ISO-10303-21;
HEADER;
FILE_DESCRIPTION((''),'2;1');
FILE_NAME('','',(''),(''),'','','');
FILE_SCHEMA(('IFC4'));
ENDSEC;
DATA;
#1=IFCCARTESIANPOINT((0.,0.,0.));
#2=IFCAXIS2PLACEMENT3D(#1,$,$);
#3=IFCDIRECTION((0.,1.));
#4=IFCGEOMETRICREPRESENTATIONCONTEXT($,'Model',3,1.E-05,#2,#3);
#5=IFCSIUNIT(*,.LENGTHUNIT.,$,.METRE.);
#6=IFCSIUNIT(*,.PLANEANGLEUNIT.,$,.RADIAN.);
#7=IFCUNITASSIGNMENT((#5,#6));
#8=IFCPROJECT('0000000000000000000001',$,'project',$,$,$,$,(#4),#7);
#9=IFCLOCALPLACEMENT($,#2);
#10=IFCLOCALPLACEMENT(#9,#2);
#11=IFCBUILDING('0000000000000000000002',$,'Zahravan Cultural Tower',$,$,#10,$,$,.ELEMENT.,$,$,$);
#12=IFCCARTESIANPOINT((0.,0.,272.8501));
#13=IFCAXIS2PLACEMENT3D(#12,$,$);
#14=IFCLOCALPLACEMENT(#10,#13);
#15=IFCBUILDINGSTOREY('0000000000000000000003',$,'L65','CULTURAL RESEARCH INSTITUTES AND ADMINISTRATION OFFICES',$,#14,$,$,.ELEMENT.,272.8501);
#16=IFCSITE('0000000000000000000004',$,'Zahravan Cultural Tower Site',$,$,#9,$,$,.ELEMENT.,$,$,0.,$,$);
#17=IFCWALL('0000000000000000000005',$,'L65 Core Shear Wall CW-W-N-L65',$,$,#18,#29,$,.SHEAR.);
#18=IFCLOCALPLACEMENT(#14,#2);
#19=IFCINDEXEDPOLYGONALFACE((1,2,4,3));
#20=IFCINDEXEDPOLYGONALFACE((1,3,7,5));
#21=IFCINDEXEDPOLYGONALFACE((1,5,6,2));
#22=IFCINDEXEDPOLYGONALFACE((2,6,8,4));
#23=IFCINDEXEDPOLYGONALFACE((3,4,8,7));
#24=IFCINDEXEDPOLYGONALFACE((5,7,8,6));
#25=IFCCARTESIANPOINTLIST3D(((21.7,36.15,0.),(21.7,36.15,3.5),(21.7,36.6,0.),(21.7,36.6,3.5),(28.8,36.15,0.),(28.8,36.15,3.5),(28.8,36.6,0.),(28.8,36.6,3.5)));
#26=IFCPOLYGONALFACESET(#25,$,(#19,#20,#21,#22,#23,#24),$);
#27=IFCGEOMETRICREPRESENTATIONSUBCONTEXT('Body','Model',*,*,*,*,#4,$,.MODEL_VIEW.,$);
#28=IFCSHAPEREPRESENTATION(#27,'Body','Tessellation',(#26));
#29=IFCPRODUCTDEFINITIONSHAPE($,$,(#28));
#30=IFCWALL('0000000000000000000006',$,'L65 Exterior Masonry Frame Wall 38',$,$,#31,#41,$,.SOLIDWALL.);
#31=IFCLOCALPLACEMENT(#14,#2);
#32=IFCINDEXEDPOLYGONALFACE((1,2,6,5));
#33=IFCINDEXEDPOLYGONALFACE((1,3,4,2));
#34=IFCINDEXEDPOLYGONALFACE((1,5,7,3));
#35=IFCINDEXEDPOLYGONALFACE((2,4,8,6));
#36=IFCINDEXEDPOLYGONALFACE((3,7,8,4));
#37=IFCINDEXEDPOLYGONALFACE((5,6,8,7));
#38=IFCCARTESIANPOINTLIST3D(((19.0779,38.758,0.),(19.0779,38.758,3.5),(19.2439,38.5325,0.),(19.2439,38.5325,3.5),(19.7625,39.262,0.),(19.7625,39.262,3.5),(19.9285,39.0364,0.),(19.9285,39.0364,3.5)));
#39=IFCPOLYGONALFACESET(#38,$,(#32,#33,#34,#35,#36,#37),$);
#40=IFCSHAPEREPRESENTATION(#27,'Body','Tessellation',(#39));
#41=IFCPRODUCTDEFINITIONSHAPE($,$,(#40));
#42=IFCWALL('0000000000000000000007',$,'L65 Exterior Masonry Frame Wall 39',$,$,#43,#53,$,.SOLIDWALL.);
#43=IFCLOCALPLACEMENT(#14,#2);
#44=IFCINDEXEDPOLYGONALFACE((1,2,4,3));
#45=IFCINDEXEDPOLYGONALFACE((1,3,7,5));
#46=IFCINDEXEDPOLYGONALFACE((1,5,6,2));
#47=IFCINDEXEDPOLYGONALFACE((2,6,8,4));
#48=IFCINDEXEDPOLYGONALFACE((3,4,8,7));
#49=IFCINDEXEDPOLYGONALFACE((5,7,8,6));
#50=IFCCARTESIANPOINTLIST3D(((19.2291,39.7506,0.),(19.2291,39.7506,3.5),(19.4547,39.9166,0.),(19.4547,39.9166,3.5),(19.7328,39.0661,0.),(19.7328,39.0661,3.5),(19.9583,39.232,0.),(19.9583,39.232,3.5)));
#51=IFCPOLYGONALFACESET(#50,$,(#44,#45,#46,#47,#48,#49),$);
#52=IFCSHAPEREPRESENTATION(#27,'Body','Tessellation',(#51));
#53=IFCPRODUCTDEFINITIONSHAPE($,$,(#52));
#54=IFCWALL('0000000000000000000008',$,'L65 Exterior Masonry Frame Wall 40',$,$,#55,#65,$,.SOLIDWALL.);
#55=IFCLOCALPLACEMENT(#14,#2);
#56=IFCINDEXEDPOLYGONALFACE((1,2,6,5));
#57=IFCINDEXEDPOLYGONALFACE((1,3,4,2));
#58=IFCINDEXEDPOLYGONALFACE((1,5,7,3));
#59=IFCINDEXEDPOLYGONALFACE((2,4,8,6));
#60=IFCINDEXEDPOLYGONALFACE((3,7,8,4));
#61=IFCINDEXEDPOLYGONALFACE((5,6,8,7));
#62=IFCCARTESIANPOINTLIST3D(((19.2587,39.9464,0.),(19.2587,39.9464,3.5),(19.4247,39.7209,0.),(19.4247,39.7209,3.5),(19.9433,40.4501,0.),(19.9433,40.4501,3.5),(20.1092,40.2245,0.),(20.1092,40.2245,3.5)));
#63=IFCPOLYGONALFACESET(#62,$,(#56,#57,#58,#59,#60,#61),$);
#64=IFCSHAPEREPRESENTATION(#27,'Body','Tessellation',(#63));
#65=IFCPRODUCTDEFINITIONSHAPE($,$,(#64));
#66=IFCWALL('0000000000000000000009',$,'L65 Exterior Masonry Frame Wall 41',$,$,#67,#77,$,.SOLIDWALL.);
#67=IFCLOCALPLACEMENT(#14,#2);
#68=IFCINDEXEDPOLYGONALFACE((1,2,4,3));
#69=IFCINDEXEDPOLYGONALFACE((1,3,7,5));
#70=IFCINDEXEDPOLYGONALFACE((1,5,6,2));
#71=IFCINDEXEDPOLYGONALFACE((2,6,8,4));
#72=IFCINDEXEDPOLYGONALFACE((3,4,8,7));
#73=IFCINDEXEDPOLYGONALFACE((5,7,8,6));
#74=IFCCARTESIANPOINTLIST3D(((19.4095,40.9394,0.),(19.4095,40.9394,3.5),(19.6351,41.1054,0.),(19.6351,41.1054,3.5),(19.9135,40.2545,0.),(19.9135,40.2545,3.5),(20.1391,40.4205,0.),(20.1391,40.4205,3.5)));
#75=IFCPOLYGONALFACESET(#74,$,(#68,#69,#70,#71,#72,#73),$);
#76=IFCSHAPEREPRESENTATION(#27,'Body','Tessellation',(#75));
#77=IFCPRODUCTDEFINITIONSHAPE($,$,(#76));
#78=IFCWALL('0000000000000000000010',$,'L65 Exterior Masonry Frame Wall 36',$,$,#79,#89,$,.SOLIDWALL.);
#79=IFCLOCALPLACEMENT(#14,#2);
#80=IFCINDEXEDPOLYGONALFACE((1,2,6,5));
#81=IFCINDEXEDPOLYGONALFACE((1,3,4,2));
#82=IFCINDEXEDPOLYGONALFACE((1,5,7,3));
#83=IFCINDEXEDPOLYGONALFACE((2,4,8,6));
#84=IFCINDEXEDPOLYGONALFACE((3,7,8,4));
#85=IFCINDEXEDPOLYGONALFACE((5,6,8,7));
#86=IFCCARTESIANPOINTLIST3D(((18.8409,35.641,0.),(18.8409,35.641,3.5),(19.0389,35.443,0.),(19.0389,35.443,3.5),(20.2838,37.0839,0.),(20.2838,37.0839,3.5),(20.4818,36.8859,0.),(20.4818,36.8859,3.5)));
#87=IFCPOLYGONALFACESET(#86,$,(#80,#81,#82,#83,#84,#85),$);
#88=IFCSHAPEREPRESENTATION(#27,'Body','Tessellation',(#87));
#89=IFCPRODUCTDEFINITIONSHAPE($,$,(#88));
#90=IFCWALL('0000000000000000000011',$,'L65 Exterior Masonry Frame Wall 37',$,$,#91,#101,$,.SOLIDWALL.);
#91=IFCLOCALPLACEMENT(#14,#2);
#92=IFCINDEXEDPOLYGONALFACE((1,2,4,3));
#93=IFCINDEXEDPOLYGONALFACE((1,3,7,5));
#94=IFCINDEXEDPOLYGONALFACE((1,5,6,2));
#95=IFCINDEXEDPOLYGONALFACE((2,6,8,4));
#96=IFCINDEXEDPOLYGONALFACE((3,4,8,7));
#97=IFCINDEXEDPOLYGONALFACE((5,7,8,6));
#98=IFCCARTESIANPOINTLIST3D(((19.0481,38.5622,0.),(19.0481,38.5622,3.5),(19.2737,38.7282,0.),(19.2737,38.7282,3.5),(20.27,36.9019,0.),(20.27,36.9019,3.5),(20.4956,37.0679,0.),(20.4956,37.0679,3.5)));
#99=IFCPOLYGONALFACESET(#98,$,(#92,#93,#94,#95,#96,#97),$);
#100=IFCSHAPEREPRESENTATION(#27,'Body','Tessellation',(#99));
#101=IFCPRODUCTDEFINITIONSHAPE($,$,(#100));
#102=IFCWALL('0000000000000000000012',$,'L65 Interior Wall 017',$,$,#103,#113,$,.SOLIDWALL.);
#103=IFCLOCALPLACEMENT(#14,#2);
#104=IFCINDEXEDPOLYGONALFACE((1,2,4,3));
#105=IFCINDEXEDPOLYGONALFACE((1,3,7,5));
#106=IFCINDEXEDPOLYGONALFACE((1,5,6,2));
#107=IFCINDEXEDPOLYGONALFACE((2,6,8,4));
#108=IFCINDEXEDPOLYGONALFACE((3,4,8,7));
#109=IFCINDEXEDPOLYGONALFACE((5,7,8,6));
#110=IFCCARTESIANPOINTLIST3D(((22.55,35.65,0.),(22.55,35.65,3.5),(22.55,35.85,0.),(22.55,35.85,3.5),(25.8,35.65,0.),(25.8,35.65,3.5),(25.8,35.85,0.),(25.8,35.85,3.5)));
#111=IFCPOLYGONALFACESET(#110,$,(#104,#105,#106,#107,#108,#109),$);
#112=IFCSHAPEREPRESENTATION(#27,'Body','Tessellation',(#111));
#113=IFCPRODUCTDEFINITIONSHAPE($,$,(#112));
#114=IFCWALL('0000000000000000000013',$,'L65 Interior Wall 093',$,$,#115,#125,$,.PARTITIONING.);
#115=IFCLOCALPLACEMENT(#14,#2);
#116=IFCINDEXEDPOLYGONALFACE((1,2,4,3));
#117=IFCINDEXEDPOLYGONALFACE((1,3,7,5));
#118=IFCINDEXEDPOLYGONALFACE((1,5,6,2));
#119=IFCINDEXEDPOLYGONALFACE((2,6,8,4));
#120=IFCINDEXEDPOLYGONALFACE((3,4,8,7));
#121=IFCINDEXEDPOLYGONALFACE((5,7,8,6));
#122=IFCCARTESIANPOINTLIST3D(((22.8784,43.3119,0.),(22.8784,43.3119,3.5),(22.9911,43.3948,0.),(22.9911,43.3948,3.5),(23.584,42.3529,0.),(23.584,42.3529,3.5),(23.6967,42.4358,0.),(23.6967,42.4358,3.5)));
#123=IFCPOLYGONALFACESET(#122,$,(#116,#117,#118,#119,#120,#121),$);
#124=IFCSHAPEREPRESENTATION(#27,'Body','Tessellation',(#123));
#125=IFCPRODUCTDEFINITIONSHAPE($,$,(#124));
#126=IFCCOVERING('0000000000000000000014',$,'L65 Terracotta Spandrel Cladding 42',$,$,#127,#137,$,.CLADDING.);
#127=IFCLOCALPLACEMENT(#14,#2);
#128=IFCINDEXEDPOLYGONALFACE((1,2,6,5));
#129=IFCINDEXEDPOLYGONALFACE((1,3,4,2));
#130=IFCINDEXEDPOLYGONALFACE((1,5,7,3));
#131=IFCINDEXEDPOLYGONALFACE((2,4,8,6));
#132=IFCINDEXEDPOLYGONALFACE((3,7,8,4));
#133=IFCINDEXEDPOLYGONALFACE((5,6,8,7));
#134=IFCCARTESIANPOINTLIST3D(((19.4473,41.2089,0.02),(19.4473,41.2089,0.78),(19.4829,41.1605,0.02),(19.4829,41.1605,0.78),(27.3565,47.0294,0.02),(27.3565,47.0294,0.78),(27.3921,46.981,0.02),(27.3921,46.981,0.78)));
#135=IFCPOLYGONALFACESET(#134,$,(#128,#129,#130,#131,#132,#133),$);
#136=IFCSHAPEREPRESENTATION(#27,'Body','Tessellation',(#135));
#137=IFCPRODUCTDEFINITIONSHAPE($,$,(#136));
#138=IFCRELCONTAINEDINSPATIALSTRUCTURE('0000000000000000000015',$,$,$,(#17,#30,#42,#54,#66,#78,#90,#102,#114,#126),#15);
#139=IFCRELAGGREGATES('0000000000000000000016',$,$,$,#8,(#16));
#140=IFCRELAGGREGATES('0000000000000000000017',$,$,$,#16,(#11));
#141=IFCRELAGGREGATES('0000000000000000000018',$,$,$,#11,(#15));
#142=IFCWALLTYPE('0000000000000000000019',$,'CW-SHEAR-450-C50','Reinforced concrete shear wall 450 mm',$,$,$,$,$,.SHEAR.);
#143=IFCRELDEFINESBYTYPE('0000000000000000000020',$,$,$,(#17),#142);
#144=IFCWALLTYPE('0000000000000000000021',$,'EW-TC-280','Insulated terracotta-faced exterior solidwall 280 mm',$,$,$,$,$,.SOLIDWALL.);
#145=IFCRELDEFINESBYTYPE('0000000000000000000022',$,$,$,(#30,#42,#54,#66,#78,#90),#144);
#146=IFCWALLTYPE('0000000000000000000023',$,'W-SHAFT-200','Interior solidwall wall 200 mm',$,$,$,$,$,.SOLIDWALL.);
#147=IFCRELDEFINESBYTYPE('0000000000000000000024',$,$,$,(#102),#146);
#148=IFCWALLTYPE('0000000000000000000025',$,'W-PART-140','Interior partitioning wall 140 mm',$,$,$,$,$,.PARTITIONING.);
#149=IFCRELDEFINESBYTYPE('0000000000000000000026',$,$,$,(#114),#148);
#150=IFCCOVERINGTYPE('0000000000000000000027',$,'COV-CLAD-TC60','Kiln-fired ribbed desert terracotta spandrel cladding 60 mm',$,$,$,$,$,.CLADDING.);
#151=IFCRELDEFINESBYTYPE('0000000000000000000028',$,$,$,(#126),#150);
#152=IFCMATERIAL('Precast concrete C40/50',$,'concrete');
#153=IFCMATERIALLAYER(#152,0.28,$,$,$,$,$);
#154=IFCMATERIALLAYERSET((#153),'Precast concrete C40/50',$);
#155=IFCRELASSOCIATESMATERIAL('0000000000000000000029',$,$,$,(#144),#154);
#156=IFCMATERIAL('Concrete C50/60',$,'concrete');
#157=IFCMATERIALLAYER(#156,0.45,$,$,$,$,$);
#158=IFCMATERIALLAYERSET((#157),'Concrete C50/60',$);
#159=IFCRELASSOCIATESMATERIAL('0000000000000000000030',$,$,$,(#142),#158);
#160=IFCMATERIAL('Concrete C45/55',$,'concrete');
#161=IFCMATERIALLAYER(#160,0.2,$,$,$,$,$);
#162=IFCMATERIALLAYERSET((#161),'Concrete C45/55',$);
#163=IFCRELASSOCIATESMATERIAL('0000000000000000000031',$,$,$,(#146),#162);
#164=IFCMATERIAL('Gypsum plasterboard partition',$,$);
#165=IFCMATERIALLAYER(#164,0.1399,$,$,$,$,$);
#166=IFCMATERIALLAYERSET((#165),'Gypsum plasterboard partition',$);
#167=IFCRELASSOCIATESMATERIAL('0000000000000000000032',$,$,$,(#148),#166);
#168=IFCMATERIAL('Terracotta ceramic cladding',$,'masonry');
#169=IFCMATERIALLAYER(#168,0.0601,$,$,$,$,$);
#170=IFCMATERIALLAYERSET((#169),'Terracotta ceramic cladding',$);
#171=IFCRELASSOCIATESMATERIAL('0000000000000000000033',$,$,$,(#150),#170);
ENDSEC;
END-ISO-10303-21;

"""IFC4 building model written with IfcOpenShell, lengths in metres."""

from ifc_helpers import new_model, si_unit, direction, frame, frame_2d, origin, origin_2d, place, context, subcontext, project, spatial, rectangle, extrude, source, transform, mapped, material, layer, layer_set, type_object, element, save


model = new_model("IFC4")

# Units and contexts
model_context = context("Model", 3, precision=1e-05, world=origin(), true_north=direction((0.0, 1.0)))
body_context = subcontext(model_context, "Body", "Model", "MODEL_VIEW")
ifc_project = project(units=[si_unit("LENGTHUNIT", "METRE"), si_unit("PLANEANGLEUNIT", "RADIAN")], contexts=[model_context])

# Site, building, storey
site_placement = place(None, origin())
site = spatial("IfcSite", under=ifc_project, at=site_placement, Name="Zahravan Cultural Tower Site", CompositionType="ELEMENT", RefElevation=0.0)
building_placement = place(site_placement, origin())
building = spatial("IfcBuilding", under=site, at=building_placement, Name="Zahravan Cultural Tower", CompositionType="ELEMENT")
storey_placement = place(building_placement, frame((0.0, 0.0, 272.8501)))
storey = spatial("IfcBuildingStorey", under=building, at=storey_placement, Name="L65", Description="CULTURAL RESEARCH INSTITUTES AND ADMINISTRATION OFFICES", CompositionType="ELEMENT", Elevation=272.8501)

# Shared definitions
ifc_material_1 = material(Name="Concrete C50/60", Category="concrete")

# Shared definitions
ifc_material_2 = material(Name="Precast concrete C40/50", Category="concrete")
ifc_layer_1 = layer(ifc_material_2, 0.28)
ifc_layer_set_1 = layer_set([ifc_layer_1], Name="Precast concrete C40/50")
wall_type_1 = type_object("IfcWallType", Name="EW-TC-280", Description="Insulated terracotta-faced exterior solidwall 280 mm", PredefinedType="SOLIDWALL", material=ifc_layer_set_1)

# Walls
ifc_layer_2 = layer(ifc_material_1, 0.45)
ifc_layer_set_2 = layer_set([ifc_layer_2], Name="Concrete C50/60")
wall_type_2 = type_object("IfcWallType", Name="CW-SHEAR-450-C50", Description="Reinforced concrete shear wall 450 mm", PredefinedType="SHEAR", material=ifc_layer_set_2)
shared_shape_1 = source(origin(), body_context, "Body", "SweptSolid", [
    extrude(rectangle(XDim=7.1001, YDim=0.45, at=frame_2d((3.55, 0.0))), origin(), (0.0, 0.0, 1.0), 3.5),
])
wall_1_placement = place(storey_placement, frame((21.7, 36.375, 0.0), z_axis=(0.0, 0.0, 1.0), x_axis=(1.0, 0.0, 0.0)))
element("IfcWall", 1, at=wall_1_placement, inside=storey, type_object=wall_type_2, Name="L65 Core Shear Wall CW-W-N-L65", PredefinedType="SHEAR", context=body_context, shape_type="MappedRepresentation", body=[
    mapped(shared_shape_1, transform((0.0, 0.0, 0.0), x_axis=(1.0, 0.0, 0.0), y_axis=(0.0, 1.0, 0.0), z_axis=(0.0, 0.0, 1.0), scale=1.0)),
])
shared_shape_2 = source(origin(), body_context, "Body", "SweptSolid", [
    extrude(rectangle(XDim=0.8501, YDim=0.28, at=frame_2d((0.425, 0.0))), origin(), (0.0, 0.0, 1.0), 3.5),
])
wall_2_placement = place(storey_placement, frame((19.1609, 38.6453, 0.0), z_axis=(0.0, 0.0, 1.0), x_axis=(0.805345, 0.592807, 0.0)))
element("IfcWall", 2, at=wall_2_placement, inside=storey, type_object=wall_type_1, Name="L65 Exterior Masonry Frame Wall 38", PredefinedType="SOLIDWALL", context=body_context, shape_type="MappedRepresentation", body=[
    mapped(shared_shape_2, transform((0.0, 0.0, 0.0), x_axis=(1.0, 0.0, 0.0), y_axis=(0.0, 1.0, 0.0), z_axis=(0.0, 0.0, 1.0), scale=1.0)),
])
shared_shape_3 = source(origin(), body_context, "Body", "SweptSolid", [
    extrude(rectangle(XDim=0.8499, YDim=0.28, at=frame_2d((0.4248, 0.0))), origin(), (0.0, 0.0, 1.0), 3.5),
])
for number, where, z_axis, x_axis, name in (
    (3, (19.8455, 39.1492, 0.0), (0.0, 0.0, 1.0), (-0.592621, 0.805482, 0.0), "L65 Exterior Masonry Frame Wall 39"),
    (4, (19.3418, 39.8337, 0.0), (0.0, 0.0, 1.0), (0.805482, 0.592621, 0.0), "L65 Exterior Masonry Frame Wall 40"),
):
    element("IfcWall", number, at=place(storey_placement, frame(where, z_axis=z_axis, x_axis=x_axis)), inside=storey, type_object=wall_type_1, Name=name, PredefinedType="SOLIDWALL", context=body_context, shape_type="MappedRepresentation", body=[
        mapped(shared_shape_3, transform((0.0, 0.0, 0.0), x_axis=(1.0, 0.0, 0.0), y_axis=(0.0, 1.0, 0.0), z_axis=(0.0, 0.0, 1.0), scale=1.0)),
    ])
shared_shape_4 = source(origin(), body_context, "Body", "SweptSolid", [
    extrude(rectangle(XDim=0.8503, YDim=0.28, at=frame_2d((0.4253, 0.0))), origin(), (0.0, 0.0, 1.0), 3.5),
])
wall_3_placement = place(storey_placement, frame((20.0264, 40.3374, 0.0), z_axis=(0.0, 0.0, 1.0), x_axis=(-0.59267, 0.805445, 0.0)))
element("IfcWall", 5, at=wall_3_placement, inside=storey, type_object=wall_type_1, Name="L65 Exterior Masonry Frame Wall 41", PredefinedType="SOLIDWALL", context=body_context, shape_type="MappedRepresentation", body=[
    mapped(shared_shape_4, transform((0.0, 0.0, 0.0), x_axis=(1.0, 0.0, 0.0), y_axis=(0.0, 1.0, 0.0), z_axis=(0.0, 0.0, 1.0), scale=1.0)),
])
shared_shape_5 = source(origin(), body_context, "Body", "SweptSolid", [
    extrude(rectangle(XDim=2.0405, YDim=0.28, at=frame_2d((1.0203, 0.0))), origin(), (0.0, 0.0, 1.0), 3.5),
])
wall_4_placement = place(storey_placement, frame((18.9399, 35.542, 0.0), z_axis=(0.0, 0.0, 1.0), x_axis=(0.707107, 0.707107, 0.0)))
element("IfcWall", 6, at=wall_4_placement, inside=storey, type_object=wall_type_1, Name="L65 Exterior Masonry Frame Wall 36", PredefinedType="SOLIDWALL", context=body_context, shape_type="MappedRepresentation", body=[
    mapped(shared_shape_5, transform((0.0, 0.0, 0.0), x_axis=(1.0, 0.0, 0.0), y_axis=(0.0, 1.0, 0.0), z_axis=(0.0, 0.0, 1.0), scale=1.0)),
])
shared_shape_6 = source(origin(), body_context, "Body", "SweptSolid", [
    extrude(rectangle(XDim=2.0615, YDim=0.28, at=frame_2d((1.0308, 0.0))), origin(), (0.0, 0.0, 1.0), 3.5),
])
wall_5_placement = place(storey_placement, frame((20.3828, 36.9849, 0.0), z_axis=(0.0, 0.0, 1.0), x_axis=(-0.592718, 0.80541, 0.0)))
element("IfcWall", 7, at=wall_5_placement, inside=storey, type_object=wall_type_1, Name="L65 Exterior Masonry Frame Wall 37", PredefinedType="SOLIDWALL", context=body_context, shape_type="MappedRepresentation", body=[
    mapped(shared_shape_6, transform((0.0, 0.0, 0.0), x_axis=(1.0, 0.0, 0.0), y_axis=(0.0, 1.0, 0.0), z_axis=(0.0, 0.0, 1.0), scale=1.0)),
])
ifc_material_3 = material(Name="Concrete C45/55", Category="concrete")
ifc_layer_3 = layer(ifc_material_3, 0.2)
ifc_layer_set_3 = layer_set([ifc_layer_3], Name="Concrete C45/55")
wall_type_3 = type_object("IfcWallType", Name="W-SHAFT-200", Description="Interior solidwall wall 200 mm", PredefinedType="SOLIDWALL", material=ifc_layer_set_3)
shared_shape_7 = source(origin(), body_context, "Body", "SweptSolid", [
    extrude(rectangle(XDim=3.25, YDim=0.2, at=frame_2d((1.625, 0.0))), origin(), (0.0, 0.0, 1.0), 3.5),
])
wall_6_placement = place(storey_placement, frame((22.55, 35.75, 0.0), z_axis=(0.0, 0.0, 1.0), x_axis=(1.0, 0.0, 0.0)))
element("IfcWall", 8, at=wall_6_placement, inside=storey, type_object=wall_type_3, Name="L65 Interior Wall 017", PredefinedType="SOLIDWALL", context=body_context, shape_type="MappedRepresentation", body=[
    mapped(shared_shape_7, transform((0.0, 0.0, 0.0), x_axis=(1.0, 0.0, 0.0), y_axis=(0.0, 1.0, 0.0), z_axis=(0.0, 0.0, 1.0), scale=1.0)),
])
ifc_material_4 = material(Name="Gypsum plasterboard partition")
ifc_layer_4 = layer(ifc_material_4, 0.1399)
ifc_layer_set_4 = layer_set([ifc_layer_4], Name="Gypsum plasterboard partition")
wall_type_4 = type_object("IfcWallType", Name="W-PART-140", Description="Interior partitioning wall 140 mm", PredefinedType="PARTITIONING", material=ifc_layer_set_4)
shared_shape_8 = source(origin(), body_context, "Body", "SweptSolid", [
    extrude(rectangle(XDim=1.1907, YDim=0.1399, at=frame_2d((0.5952, 0.0))), origin(), (0.0, 0.0, 1.0), 3.5),
])
wall_7_placement = place(storey_placement, frame((22.9348, 43.3533, 0.0), z_axis=(0.0, 0.0, 1.0), x_axis=(0.592625, -0.805478, 0.0)))
element("IfcWall", 9, at=wall_7_placement, inside=storey, type_object=wall_type_4, Name="L65 Interior Wall 093", PredefinedType="PARTITIONING", context=body_context, shape_type="MappedRepresentation", body=[
    mapped(shared_shape_8, transform((0.0, 0.0, 0.0), x_axis=(1.0, 0.0, 0.0), y_axis=(0.0, 1.0, 0.0), z_axis=(0.0, 0.0, 1.0), scale=1.0)),
])

# Covering
ifc_material_5 = material(Name="Terracotta ceramic cladding", Category="masonry")
ifc_layer_5 = layer(ifc_material_5, 0.0601)
ifc_layer_set_5 = layer_set([ifc_layer_5], Name="Terracotta ceramic cladding")
covering_type = type_object("IfcCoveringType", Name="COV-CLAD-TC60", Description="Kiln-fired ribbed desert terracotta spandrel cladding 60 mm", PredefinedType="CLADDING", material=ifc_layer_set_5)
shared_shape_9 = source(origin(), body_context, "Body", "SweptSolid", [
    extrude(rectangle(XDim=9.8201, YDim=0.0601, at=origin_2d()), origin(), (0.0, 0.0, 1.0), 0.76),
])
covering_placement = place(storey_placement, frame((23.4197, 44.095, 0.02), z_axis=(0.0, 0.0, 1.0), x_axis=(0.805411, 0.592716, 0.0)))
element("IfcCovering", 10, at=covering_placement, inside=storey, type_object=covering_type, Name="L65 Terracotta Spandrel Cladding 42", PredefinedType="CLADDING", context=body_context, shape_type="MappedRepresentation", body=[
    mapped(shared_shape_9, transform((0.0, 0.0, 0.0), x_axis=(1.0, 0.0, 0.0), y_axis=(0.0, 1.0, 0.0), z_axis=(0.0, 0.0, 1.0), scale=1.0)),
])

save(model, "model.ifc")
